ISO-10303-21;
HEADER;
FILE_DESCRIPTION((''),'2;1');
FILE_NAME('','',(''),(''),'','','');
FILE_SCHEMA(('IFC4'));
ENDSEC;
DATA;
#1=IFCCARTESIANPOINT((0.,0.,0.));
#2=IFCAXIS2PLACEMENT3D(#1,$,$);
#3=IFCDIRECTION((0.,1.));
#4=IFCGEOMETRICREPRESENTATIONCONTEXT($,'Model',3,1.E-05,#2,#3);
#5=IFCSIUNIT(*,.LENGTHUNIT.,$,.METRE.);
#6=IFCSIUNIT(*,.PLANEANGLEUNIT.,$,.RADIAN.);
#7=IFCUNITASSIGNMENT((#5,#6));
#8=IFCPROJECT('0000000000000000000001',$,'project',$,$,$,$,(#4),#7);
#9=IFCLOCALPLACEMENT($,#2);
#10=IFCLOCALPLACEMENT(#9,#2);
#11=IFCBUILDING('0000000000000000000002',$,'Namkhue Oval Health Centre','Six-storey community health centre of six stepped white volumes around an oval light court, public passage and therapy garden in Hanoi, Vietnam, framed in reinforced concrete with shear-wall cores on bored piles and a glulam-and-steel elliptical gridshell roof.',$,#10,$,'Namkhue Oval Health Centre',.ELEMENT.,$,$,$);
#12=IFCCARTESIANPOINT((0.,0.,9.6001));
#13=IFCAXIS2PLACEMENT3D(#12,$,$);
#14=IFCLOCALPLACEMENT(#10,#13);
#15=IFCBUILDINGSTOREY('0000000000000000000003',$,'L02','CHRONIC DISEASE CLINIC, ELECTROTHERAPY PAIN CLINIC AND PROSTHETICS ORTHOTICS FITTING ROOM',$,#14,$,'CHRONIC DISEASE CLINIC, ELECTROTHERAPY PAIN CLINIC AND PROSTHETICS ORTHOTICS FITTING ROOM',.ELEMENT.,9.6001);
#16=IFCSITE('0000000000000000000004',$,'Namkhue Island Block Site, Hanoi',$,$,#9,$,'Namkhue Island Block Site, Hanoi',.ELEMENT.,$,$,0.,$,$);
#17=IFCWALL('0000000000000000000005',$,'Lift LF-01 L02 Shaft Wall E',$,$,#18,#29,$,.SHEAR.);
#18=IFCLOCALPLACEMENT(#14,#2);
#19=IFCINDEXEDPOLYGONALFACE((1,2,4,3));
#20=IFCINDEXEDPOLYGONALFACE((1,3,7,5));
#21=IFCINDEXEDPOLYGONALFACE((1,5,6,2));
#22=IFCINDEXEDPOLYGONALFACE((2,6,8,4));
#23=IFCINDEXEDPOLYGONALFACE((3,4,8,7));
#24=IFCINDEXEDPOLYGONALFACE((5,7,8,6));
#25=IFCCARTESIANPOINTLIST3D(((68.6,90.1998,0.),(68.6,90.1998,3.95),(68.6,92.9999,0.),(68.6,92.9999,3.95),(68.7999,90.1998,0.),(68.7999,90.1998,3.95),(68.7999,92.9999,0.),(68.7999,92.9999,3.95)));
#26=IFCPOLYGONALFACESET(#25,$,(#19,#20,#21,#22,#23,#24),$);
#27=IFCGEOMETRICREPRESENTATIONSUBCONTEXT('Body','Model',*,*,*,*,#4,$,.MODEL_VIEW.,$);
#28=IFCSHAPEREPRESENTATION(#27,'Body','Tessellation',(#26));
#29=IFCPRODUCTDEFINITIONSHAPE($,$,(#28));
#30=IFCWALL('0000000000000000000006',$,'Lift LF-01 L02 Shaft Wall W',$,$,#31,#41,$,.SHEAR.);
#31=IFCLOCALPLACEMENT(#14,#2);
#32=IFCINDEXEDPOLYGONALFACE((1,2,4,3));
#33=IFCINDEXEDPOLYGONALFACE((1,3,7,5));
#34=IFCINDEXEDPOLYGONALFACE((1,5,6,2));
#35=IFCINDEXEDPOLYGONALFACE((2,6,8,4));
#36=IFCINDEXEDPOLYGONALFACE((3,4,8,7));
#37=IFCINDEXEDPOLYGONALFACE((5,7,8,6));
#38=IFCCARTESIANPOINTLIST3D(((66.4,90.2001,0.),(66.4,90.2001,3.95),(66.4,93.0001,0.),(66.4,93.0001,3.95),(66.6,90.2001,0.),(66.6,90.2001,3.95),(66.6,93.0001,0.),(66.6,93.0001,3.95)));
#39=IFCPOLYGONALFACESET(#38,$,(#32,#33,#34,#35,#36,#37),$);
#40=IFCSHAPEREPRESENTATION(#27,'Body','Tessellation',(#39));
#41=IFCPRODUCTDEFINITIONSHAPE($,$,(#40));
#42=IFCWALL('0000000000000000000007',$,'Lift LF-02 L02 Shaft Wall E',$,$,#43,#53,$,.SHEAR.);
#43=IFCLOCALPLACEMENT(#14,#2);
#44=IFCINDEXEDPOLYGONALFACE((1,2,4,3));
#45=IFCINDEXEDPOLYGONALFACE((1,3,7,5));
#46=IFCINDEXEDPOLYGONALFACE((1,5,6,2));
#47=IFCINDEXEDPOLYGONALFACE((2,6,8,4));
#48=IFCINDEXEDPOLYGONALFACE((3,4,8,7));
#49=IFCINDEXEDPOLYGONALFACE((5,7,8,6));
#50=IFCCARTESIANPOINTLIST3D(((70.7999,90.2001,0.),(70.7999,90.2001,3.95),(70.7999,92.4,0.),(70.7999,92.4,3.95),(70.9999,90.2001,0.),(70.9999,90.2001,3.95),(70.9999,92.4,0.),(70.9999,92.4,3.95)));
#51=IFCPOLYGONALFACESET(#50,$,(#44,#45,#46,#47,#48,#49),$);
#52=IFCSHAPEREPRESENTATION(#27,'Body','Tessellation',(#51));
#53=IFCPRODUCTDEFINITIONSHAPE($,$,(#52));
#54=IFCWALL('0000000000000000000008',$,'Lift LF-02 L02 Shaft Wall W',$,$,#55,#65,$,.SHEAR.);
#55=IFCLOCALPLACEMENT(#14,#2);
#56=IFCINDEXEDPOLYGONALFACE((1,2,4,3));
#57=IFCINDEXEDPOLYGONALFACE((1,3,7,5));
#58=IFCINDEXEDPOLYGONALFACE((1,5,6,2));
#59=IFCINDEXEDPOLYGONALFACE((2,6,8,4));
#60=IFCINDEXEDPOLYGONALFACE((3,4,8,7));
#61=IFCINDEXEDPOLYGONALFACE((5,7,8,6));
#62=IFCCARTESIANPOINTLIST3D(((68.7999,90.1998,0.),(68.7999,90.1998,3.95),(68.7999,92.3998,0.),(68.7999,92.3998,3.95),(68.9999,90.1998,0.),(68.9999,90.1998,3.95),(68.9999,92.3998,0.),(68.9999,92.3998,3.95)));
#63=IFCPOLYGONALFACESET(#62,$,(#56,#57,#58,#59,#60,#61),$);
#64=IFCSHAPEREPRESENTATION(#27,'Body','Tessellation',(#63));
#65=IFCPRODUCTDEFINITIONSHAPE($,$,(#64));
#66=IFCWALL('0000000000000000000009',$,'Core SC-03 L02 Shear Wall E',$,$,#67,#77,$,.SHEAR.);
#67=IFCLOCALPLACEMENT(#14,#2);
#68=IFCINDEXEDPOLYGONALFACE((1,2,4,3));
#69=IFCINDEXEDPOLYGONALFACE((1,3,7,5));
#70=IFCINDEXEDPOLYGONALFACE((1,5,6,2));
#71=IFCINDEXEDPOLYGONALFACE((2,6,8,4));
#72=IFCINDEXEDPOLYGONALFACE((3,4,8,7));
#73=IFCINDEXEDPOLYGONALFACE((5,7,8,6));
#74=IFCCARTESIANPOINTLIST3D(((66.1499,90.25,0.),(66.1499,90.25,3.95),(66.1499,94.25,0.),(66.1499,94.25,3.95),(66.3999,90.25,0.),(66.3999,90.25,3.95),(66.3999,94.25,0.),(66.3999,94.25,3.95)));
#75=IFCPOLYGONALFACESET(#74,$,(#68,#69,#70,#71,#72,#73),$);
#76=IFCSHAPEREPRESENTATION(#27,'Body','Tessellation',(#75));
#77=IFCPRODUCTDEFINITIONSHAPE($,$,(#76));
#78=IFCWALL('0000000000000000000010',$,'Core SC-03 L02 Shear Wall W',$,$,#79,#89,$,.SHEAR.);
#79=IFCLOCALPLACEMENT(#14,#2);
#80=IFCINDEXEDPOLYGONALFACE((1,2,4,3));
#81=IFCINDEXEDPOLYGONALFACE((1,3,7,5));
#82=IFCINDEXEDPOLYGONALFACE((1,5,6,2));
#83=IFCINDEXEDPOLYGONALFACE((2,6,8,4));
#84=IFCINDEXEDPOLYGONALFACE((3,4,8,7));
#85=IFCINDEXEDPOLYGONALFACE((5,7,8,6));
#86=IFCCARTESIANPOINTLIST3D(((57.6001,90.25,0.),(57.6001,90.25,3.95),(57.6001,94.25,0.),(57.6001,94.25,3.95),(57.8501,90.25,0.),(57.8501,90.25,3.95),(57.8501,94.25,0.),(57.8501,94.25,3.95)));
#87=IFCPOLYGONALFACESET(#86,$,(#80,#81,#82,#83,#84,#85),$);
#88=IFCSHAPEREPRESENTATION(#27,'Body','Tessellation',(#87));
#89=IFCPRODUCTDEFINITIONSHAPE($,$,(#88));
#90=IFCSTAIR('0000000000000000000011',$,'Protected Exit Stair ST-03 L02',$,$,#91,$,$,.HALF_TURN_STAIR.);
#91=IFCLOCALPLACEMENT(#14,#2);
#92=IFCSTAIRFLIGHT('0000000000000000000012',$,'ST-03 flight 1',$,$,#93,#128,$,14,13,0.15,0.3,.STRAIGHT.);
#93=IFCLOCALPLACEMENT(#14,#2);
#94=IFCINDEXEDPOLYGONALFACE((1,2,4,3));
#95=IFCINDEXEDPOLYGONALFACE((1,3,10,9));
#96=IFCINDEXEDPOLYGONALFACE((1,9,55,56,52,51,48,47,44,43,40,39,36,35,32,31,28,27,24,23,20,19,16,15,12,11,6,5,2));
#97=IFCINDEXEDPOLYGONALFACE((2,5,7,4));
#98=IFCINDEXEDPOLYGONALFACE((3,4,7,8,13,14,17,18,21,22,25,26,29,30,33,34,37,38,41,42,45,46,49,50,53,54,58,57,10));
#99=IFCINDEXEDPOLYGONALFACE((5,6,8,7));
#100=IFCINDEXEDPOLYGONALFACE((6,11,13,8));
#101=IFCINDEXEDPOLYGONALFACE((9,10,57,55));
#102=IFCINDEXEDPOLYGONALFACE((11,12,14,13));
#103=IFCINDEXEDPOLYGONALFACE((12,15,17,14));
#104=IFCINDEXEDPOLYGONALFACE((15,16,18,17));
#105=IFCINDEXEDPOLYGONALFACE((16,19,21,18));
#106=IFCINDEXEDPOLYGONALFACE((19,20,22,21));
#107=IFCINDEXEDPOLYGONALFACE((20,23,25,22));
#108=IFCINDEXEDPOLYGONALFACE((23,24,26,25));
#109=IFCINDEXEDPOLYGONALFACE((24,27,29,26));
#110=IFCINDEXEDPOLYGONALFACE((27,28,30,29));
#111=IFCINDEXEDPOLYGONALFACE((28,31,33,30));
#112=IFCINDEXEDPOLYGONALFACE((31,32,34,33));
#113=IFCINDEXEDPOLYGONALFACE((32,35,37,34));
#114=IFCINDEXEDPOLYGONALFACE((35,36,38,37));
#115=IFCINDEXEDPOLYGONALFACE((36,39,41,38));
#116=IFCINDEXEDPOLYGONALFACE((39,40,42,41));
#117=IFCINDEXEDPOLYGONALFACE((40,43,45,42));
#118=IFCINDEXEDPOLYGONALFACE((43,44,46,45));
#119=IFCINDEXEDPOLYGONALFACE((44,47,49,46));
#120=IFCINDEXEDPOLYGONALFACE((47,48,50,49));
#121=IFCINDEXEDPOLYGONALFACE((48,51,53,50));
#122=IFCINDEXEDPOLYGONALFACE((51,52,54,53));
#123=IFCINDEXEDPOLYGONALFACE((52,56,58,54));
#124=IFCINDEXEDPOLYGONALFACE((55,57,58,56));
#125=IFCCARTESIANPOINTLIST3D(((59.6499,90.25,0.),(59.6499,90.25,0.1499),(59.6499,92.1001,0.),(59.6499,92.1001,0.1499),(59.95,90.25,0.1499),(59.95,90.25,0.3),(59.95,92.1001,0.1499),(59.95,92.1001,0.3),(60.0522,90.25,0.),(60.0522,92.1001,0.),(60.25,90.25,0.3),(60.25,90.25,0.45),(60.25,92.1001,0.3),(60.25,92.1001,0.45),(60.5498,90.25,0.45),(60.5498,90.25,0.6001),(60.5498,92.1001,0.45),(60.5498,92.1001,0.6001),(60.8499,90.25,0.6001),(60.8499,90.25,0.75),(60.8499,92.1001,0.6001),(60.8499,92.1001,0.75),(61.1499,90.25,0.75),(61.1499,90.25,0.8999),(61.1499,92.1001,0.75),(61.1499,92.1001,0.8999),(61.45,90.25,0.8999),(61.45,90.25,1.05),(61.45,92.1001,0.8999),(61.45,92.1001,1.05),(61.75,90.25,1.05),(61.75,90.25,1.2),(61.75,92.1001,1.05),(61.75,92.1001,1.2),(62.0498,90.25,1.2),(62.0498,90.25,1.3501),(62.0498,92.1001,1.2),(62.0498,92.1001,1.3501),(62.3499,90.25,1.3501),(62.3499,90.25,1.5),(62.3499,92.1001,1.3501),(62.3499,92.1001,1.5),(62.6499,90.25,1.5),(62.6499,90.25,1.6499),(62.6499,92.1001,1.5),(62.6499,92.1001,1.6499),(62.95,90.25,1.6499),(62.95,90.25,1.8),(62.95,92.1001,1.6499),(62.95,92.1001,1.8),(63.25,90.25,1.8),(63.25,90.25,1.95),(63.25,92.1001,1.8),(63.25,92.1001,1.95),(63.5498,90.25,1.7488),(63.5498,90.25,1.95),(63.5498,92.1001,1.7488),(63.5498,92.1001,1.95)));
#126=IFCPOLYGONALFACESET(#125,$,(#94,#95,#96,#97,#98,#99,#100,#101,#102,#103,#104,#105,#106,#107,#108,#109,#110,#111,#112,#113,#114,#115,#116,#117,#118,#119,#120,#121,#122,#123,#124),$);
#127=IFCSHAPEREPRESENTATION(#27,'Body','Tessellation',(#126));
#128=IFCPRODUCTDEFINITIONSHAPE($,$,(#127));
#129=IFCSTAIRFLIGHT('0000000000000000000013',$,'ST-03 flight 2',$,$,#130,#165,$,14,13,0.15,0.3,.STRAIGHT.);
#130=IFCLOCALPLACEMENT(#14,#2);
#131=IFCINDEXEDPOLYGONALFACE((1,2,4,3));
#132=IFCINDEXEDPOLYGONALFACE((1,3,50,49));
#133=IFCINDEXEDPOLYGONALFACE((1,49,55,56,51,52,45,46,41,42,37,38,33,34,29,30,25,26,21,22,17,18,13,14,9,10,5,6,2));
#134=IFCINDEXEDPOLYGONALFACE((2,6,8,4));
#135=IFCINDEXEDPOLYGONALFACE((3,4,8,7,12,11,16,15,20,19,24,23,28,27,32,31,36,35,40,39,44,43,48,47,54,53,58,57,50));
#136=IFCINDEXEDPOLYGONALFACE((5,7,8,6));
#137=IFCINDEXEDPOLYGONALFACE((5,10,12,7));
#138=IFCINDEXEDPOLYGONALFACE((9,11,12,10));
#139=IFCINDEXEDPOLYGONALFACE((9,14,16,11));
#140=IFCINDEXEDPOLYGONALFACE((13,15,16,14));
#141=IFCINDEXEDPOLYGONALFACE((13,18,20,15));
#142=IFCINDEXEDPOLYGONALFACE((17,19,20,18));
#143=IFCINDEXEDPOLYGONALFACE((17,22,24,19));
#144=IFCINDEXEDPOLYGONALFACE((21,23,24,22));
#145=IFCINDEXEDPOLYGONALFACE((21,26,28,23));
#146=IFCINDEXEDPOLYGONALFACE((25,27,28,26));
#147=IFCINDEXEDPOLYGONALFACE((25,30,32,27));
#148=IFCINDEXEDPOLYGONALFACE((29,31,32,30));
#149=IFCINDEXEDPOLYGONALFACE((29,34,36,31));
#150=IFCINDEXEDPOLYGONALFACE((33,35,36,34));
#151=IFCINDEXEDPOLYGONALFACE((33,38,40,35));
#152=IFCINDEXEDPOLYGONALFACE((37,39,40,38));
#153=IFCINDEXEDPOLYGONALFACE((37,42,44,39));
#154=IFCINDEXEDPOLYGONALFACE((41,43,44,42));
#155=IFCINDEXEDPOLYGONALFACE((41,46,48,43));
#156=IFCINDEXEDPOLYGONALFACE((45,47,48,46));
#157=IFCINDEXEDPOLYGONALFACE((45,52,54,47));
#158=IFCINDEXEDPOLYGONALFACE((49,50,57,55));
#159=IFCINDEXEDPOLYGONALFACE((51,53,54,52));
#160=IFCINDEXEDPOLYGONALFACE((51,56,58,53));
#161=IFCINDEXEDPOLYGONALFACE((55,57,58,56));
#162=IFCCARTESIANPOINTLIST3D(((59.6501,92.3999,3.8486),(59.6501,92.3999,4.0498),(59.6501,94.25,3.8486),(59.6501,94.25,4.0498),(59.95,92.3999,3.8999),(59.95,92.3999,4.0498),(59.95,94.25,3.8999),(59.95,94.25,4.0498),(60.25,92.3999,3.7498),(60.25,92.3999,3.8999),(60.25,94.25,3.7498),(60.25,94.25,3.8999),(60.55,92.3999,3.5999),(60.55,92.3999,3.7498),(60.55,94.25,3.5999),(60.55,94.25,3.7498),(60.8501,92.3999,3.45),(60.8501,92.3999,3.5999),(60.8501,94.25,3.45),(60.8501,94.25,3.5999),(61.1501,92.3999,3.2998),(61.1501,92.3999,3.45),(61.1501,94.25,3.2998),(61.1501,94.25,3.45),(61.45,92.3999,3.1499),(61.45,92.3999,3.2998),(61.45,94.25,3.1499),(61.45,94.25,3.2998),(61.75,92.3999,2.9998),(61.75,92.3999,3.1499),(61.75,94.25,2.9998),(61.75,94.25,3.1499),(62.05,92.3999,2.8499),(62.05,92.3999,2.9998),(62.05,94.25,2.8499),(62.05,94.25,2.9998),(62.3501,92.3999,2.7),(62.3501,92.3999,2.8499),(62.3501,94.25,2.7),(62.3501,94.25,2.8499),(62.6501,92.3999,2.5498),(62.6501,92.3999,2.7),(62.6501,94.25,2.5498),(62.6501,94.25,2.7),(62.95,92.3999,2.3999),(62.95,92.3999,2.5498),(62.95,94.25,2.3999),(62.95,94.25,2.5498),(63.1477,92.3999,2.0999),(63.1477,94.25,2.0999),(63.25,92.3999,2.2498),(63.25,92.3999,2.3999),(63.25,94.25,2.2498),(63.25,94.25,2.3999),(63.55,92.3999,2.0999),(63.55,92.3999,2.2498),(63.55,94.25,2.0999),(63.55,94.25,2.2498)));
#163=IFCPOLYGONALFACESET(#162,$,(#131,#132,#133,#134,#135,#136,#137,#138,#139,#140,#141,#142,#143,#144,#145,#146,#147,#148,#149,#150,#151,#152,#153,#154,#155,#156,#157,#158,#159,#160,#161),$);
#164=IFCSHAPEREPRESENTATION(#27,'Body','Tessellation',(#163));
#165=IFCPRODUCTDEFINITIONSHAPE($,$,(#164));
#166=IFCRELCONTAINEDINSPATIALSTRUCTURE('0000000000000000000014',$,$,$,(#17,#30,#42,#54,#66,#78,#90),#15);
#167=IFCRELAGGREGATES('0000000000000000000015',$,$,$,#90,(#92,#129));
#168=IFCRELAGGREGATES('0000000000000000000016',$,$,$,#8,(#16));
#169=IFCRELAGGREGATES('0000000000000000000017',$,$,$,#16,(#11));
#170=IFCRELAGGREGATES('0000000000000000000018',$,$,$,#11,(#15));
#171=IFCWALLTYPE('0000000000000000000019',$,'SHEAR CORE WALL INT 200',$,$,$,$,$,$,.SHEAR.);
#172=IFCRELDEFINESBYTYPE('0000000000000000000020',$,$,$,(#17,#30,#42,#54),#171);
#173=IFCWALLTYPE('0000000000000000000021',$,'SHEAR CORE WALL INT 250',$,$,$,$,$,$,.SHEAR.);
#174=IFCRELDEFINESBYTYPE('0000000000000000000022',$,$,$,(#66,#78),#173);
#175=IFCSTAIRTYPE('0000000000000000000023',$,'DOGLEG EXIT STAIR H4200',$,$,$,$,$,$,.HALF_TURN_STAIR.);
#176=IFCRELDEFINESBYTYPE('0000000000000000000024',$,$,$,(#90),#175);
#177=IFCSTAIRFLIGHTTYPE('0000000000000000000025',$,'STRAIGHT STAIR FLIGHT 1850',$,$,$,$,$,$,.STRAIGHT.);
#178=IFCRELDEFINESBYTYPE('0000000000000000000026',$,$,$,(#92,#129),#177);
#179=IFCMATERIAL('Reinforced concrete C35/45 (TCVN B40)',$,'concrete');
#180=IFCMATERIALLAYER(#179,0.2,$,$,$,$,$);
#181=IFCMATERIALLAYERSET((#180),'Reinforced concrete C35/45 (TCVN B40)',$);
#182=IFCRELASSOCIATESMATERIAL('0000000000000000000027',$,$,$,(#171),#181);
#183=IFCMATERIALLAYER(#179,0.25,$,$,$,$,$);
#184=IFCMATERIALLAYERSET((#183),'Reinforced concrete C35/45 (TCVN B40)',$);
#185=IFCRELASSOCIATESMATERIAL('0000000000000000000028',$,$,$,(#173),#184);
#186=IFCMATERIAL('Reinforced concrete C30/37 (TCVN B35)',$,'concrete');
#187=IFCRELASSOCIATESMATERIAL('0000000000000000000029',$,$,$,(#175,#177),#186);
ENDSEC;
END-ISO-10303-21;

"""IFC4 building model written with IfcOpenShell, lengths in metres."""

from ifc_helpers import new_model, si_unit, direction, frame, frame_2d, origin, place, context, subcontext, project, spatial, polyline, rectangle, outline, extrude, material, layer, layer_set, type_object, element, aggregate, save


model = new_model("IFC4")

# Units and contexts
model_context = context("Model", 3, precision=1e-05, world=origin(), true_north=direction((0.0, 1.0)))
body_context = subcontext(model_context, "Body", "Model", "MODEL_VIEW")
ifc_project = project(units=[si_unit("LENGTHUNIT", "METRE"), si_unit("PLANEANGLEUNIT", "RADIAN")], contexts=[model_context])

# Site, building, storey
site_placement = place(None, origin())
site = spatial("IfcSite", under=ifc_project, at=site_placement, Name="Namkhue Island Block Site, Hanoi", LongName="Namkhue Island Block Site, Hanoi", CompositionType="ELEMENT", RefElevation=0.0)
building_placement = place(site_placement, origin())
building = spatial("IfcBuilding", under=site, at=building_placement, Name="Namkhue Oval Health Centre", Description="Six-storey community health centre of six stepped white volumes around an oval light court, public passage and therapy garden in Hanoi, Vietnam, framed in reinforced concrete with shear-wall cores on bored piles and a glulam-and-steel elliptical gridshell roof.", LongName="Namkhue Oval Health Centre", CompositionType="ELEMENT")
storey_placement = place(building_placement, frame((0.0, 0.0, 9.6001)))
storey = spatial("IfcBuildingStorey", under=building, at=storey_placement, Name="L02", Description="CHRONIC DISEASE CLINIC, ELECTROTHERAPY PAIN CLINIC AND PROSTHETICS ORTHOTICS FITTING ROOM", LongName="CHRONIC DISEASE CLINIC, ELECTROTHERAPY PAIN CLINIC AND PROSTHETICS ORTHOTICS FITTING ROOM", CompositionType="ELEMENT", Elevation=9.6001)

# Shared definitions
ifc_material_1 = material(Name="Reinforced concrete C30/37 (TCVN B35)", Category="concrete")

# Shared definitions
ifc_material_2 = material(Name="Reinforced concrete C35/45 (TCVN B40)", Category="concrete")

# Wall
ifc_layer_1 = layer(ifc_material_2, 0.2)
ifc_layer_set_1 = layer_set([ifc_layer_1], Name="Reinforced concrete C35/45 (TCVN B40)")
wall_type_1 = type_object("IfcWallType", Name="SHEAR CORE WALL INT 200", PredefinedType="SHEAR", material=ifc_layer_set_1)
wall_1_placement = place(storey_placement, frame((68.7, 90.2, 0.0), z_axis=(0.0, 0.0, 1.0), x_axis=(0.0, 1.0, 0.0)))
element("IfcWall", 1, at=wall_1_placement, inside=storey, type_object=wall_type_1, Name="Lift LF-01 L02 Shaft Wall E", PredefinedType="SHEAR", context=body_context, shape_type="SweptSolid", body=[
    extrude(rectangle(XDim=2.8, YDim=0.2, at=frame_2d((1.3999, 0.0))), origin(), (0.0, 0.0, 1.0), 3.95),
])

# Walls
wall_2_placement = place(storey_placement, frame((66.5, 93.0, 0.0), z_axis=(0.0, 0.0, 1.0), x_axis=(0.0, -1.0, 0.0)))
element("IfcWall", 2, at=wall_2_placement, inside=storey, type_object=wall_type_1, Name="Lift LF-01 L02 Shaft Wall W", PredefinedType="SHEAR", context=body_context, shape_type="SweptSolid", body=[
    extrude(rectangle(XDim=2.8, YDim=0.2, at=frame_2d((1.3999, 0.0))), origin(), (0.0, 0.0, 1.0), 3.95),
])
wall_3_placement = place(storey_placement, frame((70.8999, 90.2, 0.0), z_axis=(0.0, 0.0, 1.0), x_axis=(0.0, 1.0, 0.0)))
element("IfcWall", 3, at=wall_3_placement, inside=storey, type_object=wall_type_1, Name="Lift LF-02 L02 Shaft Wall E", PredefinedType="SHEAR", context=body_context, shape_type="SweptSolid", body=[
    extrude(rectangle(XDim=2.2, YDim=0.2, at=frame_2d((1.1001, 0.0))), origin(), (0.0, 0.0, 1.0), 3.95),
])

# Walls
wall_4_placement = place(storey_placement, frame((68.8999, 92.3999, 0.0), z_axis=(0.0, 0.0, 1.0), x_axis=(0.0, -1.0, 0.0)))
element("IfcWall", 4, at=wall_4_placement, inside=storey, type_object=wall_type_1, Name="Lift LF-02 L02 Shaft Wall W", PredefinedType="SHEAR", context=body_context, shape_type="SweptSolid", body=[
    extrude(rectangle(XDim=2.2, YDim=0.2, at=frame_2d((1.1001, 0.0))), origin(), (0.0, 0.0, 1.0), 3.95),
])
ifc_layer_2 = layer(ifc_material_2, 0.25)
ifc_layer_set_2 = layer_set([ifc_layer_2], Name="Reinforced concrete C35/45 (TCVN B40)")
wall_type_2 = type_object("IfcWallType", Name="SHEAR CORE WALL INT 250", PredefinedType="SHEAR", material=ifc_layer_set_2)
wall_5_placement = place(storey_placement, frame((66.2749, 90.25, 0.0), z_axis=(0.0, 0.0, 1.0), x_axis=(0.0, 1.0, 0.0)))
element("IfcWall", 5, at=wall_5_placement, inside=storey, type_object=wall_type_2, Name="Core SC-03 L02 Shear Wall E", PredefinedType="SHEAR", context=body_context, shape_type="SweptSolid", body=[
    extrude(rectangle(XDim=4.0, YDim=0.25, at=frame_2d((2.0, 0.0))), origin(), (0.0, 0.0, 1.0), 3.95),
])

# Wall
wall_6_placement = place(storey_placement, frame((57.7251, 94.25, 0.0), z_axis=(0.0, 0.0, 1.0), x_axis=(0.0, -1.0, 0.0)))
element("IfcWall", 6, at=wall_6_placement, inside=storey, type_object=wall_type_2, Name="Core SC-03 L02 Shear Wall W", PredefinedType="SHEAR", context=body_context, shape_type="SweptSolid", body=[
    extrude(rectangle(XDim=4.0, YDim=0.25, at=frame_2d((2.0, 0.0))), origin(), (0.0, 0.0, 1.0), 3.95),
])

# Stair, stair flights
stair_type = type_object("IfcStairType", Name="DOGLEG EXIT STAIR H4200", PredefinedType="HALF_TURN_STAIR", material=ifc_material_1)
stair_placement = place(storey_placement, origin())
stair = element("IfcStair", 7, at=stair_placement, inside=storey, type_object=stair_type, Name="Protected Exit Stair ST-03 L02", PredefinedType="HALF_TURN_STAIR")
stair_flight_type = type_object("IfcStairFlightType", Name="STRAIGHT STAIR FLIGHT 1850", PredefinedType="STRAIGHT", material=ifc_material_1)
stair_flight_1_placement = place(storey_placement, frame((59.6499, 91.175, 0.0), z_axis=(0.0, 0.0, 1.0), x_axis=(1.0, 0.0, 0.0)))
stair_flight_1 = element("IfcStairFlight", 8, at=stair_flight_1_placement, type_object=stair_flight_type, Name="ST-03 flight 1", NumberOfRisers=14, NumberOfTreads=13, PredefinedType="STRAIGHT", RiserHeight=0.15, TreadLength=0.3, context=body_context, shape_type="SweptSolid", body=[
    extrude(outline(polyline([(0.0, 0.0), (0.0, 0.1499), (0.3, 0.1499), (0.3, 0.3), (0.6001, 0.3), (0.6001, 0.45), (0.8999, 0.45), (0.8999, 0.6001), (1.2, 0.6001), (1.2, 0.75), (1.5, 0.75), (1.5, 0.8999), (1.8, 0.8999), (1.8, 1.05), (2.1001, 1.05), (2.1001, 1.2), (2.3999, 1.2), (2.3999, 1.3501), (2.7, 1.3501), (2.7, 1.5), (3.0, 1.5), (3.0, 1.6499), (3.3, 1.6499), (3.3, 1.8), (3.6001, 1.8), (3.6001, 1.95), (3.8999, 1.95), (3.8999, 2.1001), (3.8999, 1.7488), (0.4023, 0.0), (0.0, 0.0)])), frame((0.0, 0.925, 0.0), z_axis=(0.0, -1.0, 0.0), x_axis=(1.0, 0.0, 0.0)), (0.0, 0.0, 1.0), 1.8501),
])
stair_flight_2_placement = place(storey_placement, frame((63.55, 93.325, 2.0999), z_axis=(0.0, 0.0, 1.0), x_axis=(-1.0, 0.0, 0.0)))
stair_flight_2 = element("IfcStairFlight", 9, at=stair_flight_2_placement, type_object=stair_flight_type, Name="ST-03 flight 2", NumberOfRisers=14, NumberOfTreads=13, PredefinedType="STRAIGHT", RiserHeight=0.15, TreadLength=0.3, context=body_context, shape_type="SweptSolid", body=[
    extrude(outline(polyline([(0.0, 0.0), (0.0, 0.1499), (0.3, 0.1499), (0.3, 0.3), (0.6001, 0.3), (0.6001, 0.45), (0.8999, 0.45), (0.8999, 0.6001), (1.2, 0.6001), (1.2, 0.75), (1.5, 0.75), (1.5, 0.8999), (1.8, 0.8999), (1.8, 1.05), (2.1001, 1.05), (2.1001, 1.2), (2.3999, 1.2), (2.3999, 1.3501), (2.7, 1.3501), (2.7, 1.5), (3.0, 1.5), (3.0, 1.6499), (3.3, 1.6499), (3.3, 1.8), (3.6001, 1.8), (3.6001, 1.95), (3.8999, 1.95), (3.8999, 2.1001), (3.8999, 1.7488), (0.4023, 0.0), (0.0, 0.0)])), frame((0.0, 0.925, 0.0), z_axis=(0.0, -1.0, 0.0), x_axis=(1.0, 0.0, 0.0)), (0.0, 0.0, 1.0), 1.8501),
])
aggregate(stair, [stair_flight_1, stair_flight_2])

save(model, "model.ifc")
